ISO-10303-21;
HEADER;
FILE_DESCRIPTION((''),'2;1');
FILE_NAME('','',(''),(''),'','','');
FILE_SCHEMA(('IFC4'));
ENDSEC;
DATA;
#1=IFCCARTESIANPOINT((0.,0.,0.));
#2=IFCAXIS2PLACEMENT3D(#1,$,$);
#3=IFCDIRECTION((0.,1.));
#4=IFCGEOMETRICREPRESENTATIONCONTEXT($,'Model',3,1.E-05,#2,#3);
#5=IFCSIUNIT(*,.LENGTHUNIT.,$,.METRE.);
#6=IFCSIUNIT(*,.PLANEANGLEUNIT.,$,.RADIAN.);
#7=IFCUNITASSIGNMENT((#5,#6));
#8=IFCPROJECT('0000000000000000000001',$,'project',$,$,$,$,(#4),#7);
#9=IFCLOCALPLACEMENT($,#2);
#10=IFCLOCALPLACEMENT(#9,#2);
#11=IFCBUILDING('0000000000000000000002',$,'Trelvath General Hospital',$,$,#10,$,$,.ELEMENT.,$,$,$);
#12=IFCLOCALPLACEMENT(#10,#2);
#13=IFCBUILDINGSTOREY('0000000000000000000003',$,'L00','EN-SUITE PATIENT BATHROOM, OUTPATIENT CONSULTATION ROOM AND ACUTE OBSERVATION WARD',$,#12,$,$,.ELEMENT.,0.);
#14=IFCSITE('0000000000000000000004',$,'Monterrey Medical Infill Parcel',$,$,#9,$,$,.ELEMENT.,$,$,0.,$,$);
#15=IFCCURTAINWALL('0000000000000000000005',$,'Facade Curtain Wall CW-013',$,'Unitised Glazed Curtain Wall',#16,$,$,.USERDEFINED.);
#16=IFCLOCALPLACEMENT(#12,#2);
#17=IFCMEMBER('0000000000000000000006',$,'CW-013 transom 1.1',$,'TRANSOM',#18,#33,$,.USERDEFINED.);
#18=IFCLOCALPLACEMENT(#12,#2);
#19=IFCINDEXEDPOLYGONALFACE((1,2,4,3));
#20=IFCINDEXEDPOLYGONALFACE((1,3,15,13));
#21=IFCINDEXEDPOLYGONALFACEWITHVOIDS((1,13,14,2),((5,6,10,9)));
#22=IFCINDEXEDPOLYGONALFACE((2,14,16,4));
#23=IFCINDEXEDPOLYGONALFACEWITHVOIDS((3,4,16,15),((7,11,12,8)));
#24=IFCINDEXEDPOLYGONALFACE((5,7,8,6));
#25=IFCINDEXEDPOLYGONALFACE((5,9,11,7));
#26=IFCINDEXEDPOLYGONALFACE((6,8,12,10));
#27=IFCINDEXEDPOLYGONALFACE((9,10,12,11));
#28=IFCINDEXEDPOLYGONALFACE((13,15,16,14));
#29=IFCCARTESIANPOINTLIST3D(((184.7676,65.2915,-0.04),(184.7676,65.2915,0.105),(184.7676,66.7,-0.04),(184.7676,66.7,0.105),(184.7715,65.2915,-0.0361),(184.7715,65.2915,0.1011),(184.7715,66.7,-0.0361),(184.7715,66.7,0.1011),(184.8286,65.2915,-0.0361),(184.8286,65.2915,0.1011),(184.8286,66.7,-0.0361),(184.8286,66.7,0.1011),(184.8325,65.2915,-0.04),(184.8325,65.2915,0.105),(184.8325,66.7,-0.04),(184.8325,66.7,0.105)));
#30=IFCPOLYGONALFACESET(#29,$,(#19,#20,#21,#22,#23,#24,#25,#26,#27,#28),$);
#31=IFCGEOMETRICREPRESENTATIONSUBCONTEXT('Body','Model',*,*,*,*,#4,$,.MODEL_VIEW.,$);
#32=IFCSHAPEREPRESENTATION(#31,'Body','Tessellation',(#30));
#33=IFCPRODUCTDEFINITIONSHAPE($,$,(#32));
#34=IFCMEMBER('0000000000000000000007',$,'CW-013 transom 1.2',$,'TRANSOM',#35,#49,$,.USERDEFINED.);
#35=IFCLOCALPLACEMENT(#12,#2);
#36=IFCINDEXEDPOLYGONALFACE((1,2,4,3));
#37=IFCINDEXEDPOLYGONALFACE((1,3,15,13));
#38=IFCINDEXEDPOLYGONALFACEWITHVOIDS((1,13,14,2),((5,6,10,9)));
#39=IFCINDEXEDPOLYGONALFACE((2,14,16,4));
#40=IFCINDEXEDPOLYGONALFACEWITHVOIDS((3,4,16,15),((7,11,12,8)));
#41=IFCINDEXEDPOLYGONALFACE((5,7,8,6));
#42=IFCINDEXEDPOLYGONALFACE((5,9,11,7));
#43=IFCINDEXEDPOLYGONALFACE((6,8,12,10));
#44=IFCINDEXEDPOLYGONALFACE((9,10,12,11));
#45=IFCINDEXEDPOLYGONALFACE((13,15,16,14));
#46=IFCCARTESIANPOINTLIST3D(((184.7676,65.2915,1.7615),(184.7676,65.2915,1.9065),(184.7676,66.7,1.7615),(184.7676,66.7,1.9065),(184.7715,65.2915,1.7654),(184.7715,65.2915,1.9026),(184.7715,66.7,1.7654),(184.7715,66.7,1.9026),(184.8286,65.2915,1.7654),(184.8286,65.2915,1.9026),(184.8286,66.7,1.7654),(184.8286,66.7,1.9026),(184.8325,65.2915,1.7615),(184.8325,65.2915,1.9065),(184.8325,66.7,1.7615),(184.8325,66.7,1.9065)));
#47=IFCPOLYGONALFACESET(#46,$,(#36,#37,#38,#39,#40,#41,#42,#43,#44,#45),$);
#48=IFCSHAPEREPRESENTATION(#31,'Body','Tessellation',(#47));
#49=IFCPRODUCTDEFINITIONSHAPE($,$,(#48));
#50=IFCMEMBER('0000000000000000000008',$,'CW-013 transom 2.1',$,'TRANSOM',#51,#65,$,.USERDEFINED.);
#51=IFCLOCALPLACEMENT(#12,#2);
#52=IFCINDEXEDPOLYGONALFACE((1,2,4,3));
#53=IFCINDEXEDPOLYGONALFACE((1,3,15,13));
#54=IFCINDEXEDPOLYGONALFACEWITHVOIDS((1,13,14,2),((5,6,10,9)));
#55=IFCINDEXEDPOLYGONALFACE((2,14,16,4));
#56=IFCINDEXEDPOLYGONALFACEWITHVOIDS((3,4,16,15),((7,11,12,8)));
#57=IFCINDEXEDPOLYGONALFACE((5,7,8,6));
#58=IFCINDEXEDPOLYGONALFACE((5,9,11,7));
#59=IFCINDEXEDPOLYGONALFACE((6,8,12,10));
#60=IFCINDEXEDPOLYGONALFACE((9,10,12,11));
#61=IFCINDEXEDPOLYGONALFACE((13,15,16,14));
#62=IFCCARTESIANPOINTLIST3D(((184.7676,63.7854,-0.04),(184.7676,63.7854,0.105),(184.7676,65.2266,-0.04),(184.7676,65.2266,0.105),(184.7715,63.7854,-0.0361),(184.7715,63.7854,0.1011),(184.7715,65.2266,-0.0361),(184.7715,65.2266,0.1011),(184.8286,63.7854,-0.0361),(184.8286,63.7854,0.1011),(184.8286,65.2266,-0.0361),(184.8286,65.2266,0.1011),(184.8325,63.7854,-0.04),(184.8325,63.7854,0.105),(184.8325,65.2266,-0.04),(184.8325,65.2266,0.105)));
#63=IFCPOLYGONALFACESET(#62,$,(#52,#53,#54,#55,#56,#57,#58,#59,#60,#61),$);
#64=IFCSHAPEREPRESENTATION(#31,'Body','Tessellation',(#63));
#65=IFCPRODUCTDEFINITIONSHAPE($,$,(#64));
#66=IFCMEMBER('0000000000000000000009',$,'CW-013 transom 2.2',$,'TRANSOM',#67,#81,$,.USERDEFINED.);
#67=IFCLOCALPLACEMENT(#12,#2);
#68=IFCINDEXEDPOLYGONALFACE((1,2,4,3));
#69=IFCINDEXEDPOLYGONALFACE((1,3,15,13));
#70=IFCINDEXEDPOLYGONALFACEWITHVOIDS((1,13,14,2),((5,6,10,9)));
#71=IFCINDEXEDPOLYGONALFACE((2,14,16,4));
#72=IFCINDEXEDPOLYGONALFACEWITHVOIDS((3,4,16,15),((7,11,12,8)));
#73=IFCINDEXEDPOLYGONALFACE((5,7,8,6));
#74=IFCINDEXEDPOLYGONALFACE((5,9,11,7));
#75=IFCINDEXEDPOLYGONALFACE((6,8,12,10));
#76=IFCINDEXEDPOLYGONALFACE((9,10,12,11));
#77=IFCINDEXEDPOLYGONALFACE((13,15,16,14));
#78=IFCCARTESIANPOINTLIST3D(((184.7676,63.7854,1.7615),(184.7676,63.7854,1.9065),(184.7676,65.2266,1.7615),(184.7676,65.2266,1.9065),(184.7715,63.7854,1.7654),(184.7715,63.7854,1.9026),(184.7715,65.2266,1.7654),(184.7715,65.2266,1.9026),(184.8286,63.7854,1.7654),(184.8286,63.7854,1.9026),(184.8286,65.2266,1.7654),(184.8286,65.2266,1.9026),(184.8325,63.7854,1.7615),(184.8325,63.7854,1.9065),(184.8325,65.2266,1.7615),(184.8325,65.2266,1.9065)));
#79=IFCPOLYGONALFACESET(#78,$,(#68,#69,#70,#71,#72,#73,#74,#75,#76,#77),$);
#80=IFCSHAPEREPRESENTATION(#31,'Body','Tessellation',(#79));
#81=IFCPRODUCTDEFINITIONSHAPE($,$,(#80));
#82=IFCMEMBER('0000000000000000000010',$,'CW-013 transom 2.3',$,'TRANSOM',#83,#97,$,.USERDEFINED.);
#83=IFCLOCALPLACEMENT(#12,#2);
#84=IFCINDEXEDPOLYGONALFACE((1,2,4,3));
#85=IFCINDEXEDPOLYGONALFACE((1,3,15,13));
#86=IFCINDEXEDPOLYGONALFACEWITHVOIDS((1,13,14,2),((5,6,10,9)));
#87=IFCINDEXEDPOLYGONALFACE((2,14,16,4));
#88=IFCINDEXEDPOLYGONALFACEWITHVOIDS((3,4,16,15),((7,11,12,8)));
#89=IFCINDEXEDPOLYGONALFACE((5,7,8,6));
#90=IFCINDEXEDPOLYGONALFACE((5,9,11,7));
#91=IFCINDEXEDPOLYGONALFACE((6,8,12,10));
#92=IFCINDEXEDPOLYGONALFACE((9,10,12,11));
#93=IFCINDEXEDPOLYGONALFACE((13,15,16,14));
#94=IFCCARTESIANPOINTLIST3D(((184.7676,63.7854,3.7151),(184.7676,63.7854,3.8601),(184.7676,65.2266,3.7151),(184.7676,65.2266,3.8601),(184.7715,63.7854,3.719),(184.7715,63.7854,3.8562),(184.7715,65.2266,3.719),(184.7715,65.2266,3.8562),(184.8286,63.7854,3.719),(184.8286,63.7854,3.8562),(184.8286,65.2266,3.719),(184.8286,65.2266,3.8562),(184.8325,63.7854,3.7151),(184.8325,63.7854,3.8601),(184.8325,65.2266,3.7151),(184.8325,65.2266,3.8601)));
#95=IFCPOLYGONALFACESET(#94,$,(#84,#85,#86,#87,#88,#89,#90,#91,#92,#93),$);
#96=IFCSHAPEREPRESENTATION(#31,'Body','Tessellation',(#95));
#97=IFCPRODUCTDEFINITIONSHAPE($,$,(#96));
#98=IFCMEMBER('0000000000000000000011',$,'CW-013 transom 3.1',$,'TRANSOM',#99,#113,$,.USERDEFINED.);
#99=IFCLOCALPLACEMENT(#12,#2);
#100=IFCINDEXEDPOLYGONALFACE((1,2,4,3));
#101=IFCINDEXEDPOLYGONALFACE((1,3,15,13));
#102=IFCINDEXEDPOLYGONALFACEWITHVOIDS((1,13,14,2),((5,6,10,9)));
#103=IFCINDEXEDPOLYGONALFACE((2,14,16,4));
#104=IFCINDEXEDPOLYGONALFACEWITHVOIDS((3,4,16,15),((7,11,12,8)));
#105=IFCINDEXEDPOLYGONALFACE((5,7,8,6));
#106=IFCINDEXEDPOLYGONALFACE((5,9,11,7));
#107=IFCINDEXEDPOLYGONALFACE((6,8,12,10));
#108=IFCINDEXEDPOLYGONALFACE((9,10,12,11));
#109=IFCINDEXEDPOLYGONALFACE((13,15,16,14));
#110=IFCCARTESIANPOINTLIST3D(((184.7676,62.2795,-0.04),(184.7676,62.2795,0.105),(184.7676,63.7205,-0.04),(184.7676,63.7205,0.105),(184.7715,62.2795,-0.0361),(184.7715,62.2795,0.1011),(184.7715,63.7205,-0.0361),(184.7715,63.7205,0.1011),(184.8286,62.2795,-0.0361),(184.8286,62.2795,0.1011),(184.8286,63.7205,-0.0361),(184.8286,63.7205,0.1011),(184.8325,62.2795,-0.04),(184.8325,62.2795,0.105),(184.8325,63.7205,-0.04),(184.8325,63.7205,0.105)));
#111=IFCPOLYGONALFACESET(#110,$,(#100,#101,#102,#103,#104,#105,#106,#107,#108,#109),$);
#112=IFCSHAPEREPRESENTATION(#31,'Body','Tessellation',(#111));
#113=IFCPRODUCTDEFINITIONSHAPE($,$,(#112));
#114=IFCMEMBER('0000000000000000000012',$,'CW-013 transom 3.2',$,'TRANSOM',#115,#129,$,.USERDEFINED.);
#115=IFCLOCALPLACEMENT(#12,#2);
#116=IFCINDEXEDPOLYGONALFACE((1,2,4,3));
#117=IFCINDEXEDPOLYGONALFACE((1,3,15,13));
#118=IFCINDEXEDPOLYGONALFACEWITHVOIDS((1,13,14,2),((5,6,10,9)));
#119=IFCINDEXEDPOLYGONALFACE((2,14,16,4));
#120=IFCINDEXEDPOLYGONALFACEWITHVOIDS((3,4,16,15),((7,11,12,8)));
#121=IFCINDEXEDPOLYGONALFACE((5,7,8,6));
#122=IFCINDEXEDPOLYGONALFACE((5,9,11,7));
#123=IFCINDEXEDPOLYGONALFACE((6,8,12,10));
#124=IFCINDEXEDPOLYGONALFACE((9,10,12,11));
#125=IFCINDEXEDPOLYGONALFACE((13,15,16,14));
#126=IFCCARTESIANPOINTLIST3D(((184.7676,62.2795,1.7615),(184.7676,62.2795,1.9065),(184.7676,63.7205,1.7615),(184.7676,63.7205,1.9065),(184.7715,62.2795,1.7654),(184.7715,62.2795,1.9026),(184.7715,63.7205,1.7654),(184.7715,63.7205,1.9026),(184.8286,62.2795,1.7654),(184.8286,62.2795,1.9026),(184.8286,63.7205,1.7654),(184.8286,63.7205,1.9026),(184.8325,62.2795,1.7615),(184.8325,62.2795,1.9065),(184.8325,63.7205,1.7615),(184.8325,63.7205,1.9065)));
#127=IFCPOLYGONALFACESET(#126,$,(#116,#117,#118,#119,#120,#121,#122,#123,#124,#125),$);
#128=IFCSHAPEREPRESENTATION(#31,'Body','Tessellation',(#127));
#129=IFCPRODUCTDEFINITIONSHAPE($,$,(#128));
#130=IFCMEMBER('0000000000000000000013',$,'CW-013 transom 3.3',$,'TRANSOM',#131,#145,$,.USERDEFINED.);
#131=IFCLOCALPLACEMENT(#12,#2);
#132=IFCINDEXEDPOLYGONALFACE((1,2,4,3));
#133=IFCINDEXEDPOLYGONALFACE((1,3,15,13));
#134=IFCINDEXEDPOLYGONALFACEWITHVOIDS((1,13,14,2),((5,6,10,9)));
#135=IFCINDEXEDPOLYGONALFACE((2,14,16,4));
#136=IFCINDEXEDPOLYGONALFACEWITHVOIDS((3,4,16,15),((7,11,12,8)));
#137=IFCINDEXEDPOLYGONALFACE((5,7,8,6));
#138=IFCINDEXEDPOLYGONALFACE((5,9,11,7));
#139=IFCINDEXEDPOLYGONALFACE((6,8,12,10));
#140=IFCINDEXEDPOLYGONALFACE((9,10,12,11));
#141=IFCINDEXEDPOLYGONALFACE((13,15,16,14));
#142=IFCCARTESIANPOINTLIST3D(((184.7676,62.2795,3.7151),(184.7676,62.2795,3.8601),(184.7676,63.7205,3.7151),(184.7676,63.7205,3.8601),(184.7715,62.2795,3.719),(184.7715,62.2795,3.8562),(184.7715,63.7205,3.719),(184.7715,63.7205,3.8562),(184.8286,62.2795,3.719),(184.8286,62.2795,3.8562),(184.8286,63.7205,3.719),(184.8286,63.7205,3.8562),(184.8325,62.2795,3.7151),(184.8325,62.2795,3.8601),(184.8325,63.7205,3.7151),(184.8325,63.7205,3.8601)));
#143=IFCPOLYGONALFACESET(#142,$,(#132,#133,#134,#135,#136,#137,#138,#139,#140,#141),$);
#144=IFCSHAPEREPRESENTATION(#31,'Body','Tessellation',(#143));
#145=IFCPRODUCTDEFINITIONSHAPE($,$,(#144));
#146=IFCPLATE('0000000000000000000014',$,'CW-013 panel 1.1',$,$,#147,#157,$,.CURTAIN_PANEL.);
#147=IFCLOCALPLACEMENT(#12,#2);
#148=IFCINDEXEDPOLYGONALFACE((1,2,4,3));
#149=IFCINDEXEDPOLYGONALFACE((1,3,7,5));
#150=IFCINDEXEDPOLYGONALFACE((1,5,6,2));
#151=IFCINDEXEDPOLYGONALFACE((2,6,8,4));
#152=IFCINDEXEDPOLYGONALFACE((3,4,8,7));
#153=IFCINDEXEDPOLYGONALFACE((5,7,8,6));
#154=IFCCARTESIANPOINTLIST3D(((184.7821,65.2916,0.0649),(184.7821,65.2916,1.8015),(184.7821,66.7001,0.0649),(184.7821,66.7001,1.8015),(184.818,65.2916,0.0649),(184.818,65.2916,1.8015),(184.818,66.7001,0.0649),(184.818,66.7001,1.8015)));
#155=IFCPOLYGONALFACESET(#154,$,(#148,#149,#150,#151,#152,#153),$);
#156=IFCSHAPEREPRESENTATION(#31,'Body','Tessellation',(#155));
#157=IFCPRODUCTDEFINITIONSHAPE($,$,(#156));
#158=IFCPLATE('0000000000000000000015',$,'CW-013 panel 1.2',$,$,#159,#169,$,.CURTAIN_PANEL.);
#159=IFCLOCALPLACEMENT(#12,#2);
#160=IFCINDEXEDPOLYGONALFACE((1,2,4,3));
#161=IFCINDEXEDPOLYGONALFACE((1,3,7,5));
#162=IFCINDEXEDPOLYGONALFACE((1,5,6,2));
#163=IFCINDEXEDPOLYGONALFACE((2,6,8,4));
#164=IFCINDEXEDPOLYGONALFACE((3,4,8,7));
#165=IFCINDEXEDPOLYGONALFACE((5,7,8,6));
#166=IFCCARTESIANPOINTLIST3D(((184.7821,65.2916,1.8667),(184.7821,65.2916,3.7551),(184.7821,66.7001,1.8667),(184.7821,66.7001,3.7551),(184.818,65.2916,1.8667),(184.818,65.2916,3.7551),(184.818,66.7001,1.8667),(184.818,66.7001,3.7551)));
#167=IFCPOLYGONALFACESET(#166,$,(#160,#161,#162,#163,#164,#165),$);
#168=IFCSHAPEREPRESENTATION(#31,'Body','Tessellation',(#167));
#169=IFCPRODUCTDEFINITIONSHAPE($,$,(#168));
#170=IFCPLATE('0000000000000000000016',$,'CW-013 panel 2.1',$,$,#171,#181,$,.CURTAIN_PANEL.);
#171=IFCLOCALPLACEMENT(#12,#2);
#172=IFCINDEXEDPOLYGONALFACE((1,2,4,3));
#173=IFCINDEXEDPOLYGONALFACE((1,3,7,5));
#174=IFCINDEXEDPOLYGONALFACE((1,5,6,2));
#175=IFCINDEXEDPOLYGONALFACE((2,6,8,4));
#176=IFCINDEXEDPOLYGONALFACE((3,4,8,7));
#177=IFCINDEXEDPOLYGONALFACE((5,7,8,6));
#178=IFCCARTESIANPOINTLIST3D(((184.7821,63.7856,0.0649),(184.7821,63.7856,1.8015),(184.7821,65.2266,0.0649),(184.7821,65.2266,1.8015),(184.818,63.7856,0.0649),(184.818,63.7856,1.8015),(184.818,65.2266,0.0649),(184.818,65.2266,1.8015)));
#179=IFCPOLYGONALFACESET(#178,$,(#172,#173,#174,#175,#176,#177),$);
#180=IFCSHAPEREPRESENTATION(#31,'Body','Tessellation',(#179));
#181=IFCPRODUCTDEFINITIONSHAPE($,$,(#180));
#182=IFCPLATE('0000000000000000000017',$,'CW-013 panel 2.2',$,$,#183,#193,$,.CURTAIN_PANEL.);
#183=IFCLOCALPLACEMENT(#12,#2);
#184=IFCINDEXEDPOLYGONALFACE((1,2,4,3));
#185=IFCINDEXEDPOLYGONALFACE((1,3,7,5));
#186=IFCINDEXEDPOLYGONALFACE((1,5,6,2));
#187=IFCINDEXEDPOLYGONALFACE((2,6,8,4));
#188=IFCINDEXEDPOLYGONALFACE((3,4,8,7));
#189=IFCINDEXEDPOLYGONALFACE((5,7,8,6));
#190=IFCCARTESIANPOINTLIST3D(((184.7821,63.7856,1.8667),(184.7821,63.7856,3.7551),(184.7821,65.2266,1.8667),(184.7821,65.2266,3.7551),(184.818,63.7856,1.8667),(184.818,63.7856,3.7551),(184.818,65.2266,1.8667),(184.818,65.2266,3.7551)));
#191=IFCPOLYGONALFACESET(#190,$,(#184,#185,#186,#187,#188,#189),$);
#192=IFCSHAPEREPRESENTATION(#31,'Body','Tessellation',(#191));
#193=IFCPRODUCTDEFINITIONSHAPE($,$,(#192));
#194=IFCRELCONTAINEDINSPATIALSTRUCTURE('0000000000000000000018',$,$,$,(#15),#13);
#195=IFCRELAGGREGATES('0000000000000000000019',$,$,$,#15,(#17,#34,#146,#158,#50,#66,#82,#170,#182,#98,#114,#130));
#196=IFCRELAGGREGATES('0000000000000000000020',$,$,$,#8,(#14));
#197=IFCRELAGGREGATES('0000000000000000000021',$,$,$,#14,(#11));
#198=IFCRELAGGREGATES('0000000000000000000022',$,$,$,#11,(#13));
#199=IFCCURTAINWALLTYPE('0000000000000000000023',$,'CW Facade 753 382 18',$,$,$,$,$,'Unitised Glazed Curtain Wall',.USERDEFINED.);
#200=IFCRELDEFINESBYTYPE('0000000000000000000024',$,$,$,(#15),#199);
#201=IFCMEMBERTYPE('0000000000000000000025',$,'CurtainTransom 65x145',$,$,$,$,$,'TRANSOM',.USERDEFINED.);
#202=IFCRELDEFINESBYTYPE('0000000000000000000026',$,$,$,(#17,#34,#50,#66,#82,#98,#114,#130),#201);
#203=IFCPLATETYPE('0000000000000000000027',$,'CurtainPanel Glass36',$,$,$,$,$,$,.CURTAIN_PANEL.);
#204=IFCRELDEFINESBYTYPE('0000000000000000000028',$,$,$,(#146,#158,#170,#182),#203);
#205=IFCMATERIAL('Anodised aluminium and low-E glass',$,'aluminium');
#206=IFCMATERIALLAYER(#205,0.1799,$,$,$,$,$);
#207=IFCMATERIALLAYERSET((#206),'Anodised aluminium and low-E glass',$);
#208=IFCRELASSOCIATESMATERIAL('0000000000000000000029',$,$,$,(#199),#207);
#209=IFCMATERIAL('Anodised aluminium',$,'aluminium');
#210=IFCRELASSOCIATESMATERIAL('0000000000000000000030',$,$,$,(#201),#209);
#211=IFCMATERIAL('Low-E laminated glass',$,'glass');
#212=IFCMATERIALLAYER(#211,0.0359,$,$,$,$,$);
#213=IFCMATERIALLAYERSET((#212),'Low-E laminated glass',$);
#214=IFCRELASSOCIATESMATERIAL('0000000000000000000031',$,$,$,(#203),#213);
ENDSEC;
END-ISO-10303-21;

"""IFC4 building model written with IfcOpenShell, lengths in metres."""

from ifc_helpers import new_model, si_unit, direction, frame, origin, origin_2d, place, context, subcontext, project, spatial, rectangle, hollow_rectangle, extrude, material, layer, layer_set, material_profile, profile_set, type_object, element, aggregate, save


model = new_model("IFC4")

# Units and contexts
model_context = context("Model", 3, precision=1e-05, world=origin(), true_north=direction((0.0, 1.0)))
body_context = subcontext(model_context, "Body", "Model", "MODEL_VIEW")
ifc_project = project(units=[si_unit("LENGTHUNIT", "METRE"), si_unit("PLANEANGLEUNIT", "RADIAN")], contexts=[model_context])

# Site, building, storey
site_placement = place(None, origin())
site = spatial("IfcSite", under=ifc_project, at=site_placement, Name="Monterrey Medical Infill Parcel", CompositionType="ELEMENT", RefElevation=0.0)
building_placement = place(site_placement, origin())
building = spatial("IfcBuilding", under=site, at=building_placement, Name="Trelvath General Hospital", CompositionType="ELEMENT")
storey_placement = place(building_placement, origin())
storey = spatial("IfcBuildingStorey", under=building, at=storey_placement, Name="L00", Description="EN-SUITE PATIENT BATHROOM, OUTPATIENT CONSULTATION ROOM AND ACUTE OBSERVATION WARD", CompositionType="ELEMENT", Elevation=0.0)

# Curtain wall, members, plates
ifc_material_1 = material(Name="Anodised aluminium and low-E glass", Category="aluminium")
ifc_layer_1 = layer(ifc_material_1, 0.1799)
ifc_layer_set_1 = layer_set([ifc_layer_1], Name="Anodised aluminium and low-E glass")
curtain_wall_type = type_object("IfcCurtainWallType", Name="CW Facade 753 382 18", ElementType="Unitised Glazed Curtain Wall", PredefinedType="USERDEFINED", material=ifc_layer_set_1)
curtain_wall_placement = place(storey_placement, origin())
curtain_wall = element("IfcCurtainWall", 1, at=curtain_wall_placement, inside=storey, type_object=curtain_wall_type, Name="Facade Curtain Wall CW-013", ObjectType="Unitised Glazed Curtain Wall", PredefinedType="USERDEFINED")
ifc_material_2 = material(Name="Anodised aluminium", Category="aluminium")
ifc_material_profile_1 = material_profile(ifc_material_2, hollow_rectangle(XDim=0.0649, YDim=0.145, WallThickness=0.0039, at=origin_2d()), Name="RHS65x145x4")
ifc_profile_set_1 = profile_set([ifc_material_profile_1], Name="Anodised aluminium")
member_type_1 = type_object("IfcMemberType", Name="CurtainTransom 65x145", ElementType="TRANSOM", PredefinedType="USERDEFINED", material=ifc_profile_set_1)
member_1_placement = place(storey_placement, frame((184.8, 66.7, 0.0325), z_axis=(0.0, -1.0, 0.0), x_axis=(1.0, 0.0, 0.0)))
member_1 = element("IfcMember", 2, at=member_1_placement, type_object=member_type_1, Name="CW-013 transom 1.1", ObjectType="TRANSOM", PredefinedType="USERDEFINED", context=body_context, shape_type="SweptSolid", body=[
    extrude(hollow_rectangle(XDim=0.0649, YDim=0.145, WallThickness=0.0039, at=origin_2d()), origin(), (0.0, 0.0, 1.0), 1.4084),
])
member_2_placement = place(storey_placement, frame((184.8, 66.7, 1.834), z_axis=(0.0, -1.0, 0.0), x_axis=(1.0, 0.0, 0.0)))
member_2 = element("IfcMember", 3, at=member_2_placement, type_object=member_type_1, Name="CW-013 transom 1.2", ObjectType="TRANSOM", PredefinedType="USERDEFINED", context=body_context, shape_type="SweptSolid", body=[
    extrude(hollow_rectangle(XDim=0.0649, YDim=0.145, WallThickness=0.0039, at=origin_2d()), origin(), (0.0, 0.0, 1.0), 1.4084),
])
member_3_placement = place(storey_placement, frame((184.8, 65.2266, 0.0325), z_axis=(0.0, -1.0, 0.0), x_axis=(1.0, 0.0, 0.0)))
member_3 = element("IfcMember", 4, at=member_3_placement, type_object=member_type_1, Name="CW-013 transom 2.1", ObjectType="TRANSOM", PredefinedType="USERDEFINED", context=body_context, shape_type="SweptSolid", body=[
    extrude(hollow_rectangle(XDim=0.0649, YDim=0.145, WallThickness=0.0039, at=origin_2d()), origin(), (0.0, 0.0, 1.0), 1.4412),
])
member_4_placement = place(storey_placement, frame((184.8, 65.2266, 1.834), z_axis=(0.0, -1.0, 0.0), x_axis=(1.0, 0.0, 0.0)))
member_4 = element("IfcMember", 5, at=member_4_placement, type_object=member_type_1, Name="CW-013 transom 2.2", ObjectType="TRANSOM", PredefinedType="USERDEFINED", context=body_context, shape_type="SweptSolid", body=[
    extrude(hollow_rectangle(XDim=0.0649, YDim=0.145, WallThickness=0.0039, at=origin_2d()), origin(), (0.0, 0.0, 1.0), 1.4412),
])
member_5_placement = place(storey_placement, frame((184.8, 65.2266, 3.7876), z_axis=(0.0, -1.0, 0.0), x_axis=(1.0, 0.0, 0.0)))
member_5 = element("IfcMember", 6, at=member_5_placement, type_object=member_type_1, Name="CW-013 transom 2.3", ObjectType="TRANSOM", PredefinedType="USERDEFINED", context=body_context, shape_type="SweptSolid", body=[
    extrude(hollow_rectangle(XDim=0.0649, YDim=0.145, WallThickness=0.0039, at=origin_2d()), origin(), (0.0, 0.0, 1.0), 1.4412),
])
member_6_placement = place(storey_placement, frame((184.8, 63.7205, 0.0325), z_axis=(0.0, -1.0, 0.0), x_axis=(1.0, 0.0, 0.0)))
member_6 = element("IfcMember", 7, at=member_6_placement, type_object=member_type_1, Name="CW-013 transom 3.1", ObjectType="TRANSOM", PredefinedType="USERDEFINED", context=body_context, shape_type="SweptSolid", body=[
    extrude(hollow_rectangle(XDim=0.0649, YDim=0.145, WallThickness=0.0039, at=origin_2d()), origin(), (0.0, 0.0, 1.0), 1.4409),
])
member_7_placement = place(storey_placement, frame((184.8, 63.7205, 1.834), z_axis=(0.0, -1.0, 0.0), x_axis=(1.0, 0.0, 0.0)))
member_7 = element("IfcMember", 8, at=member_7_placement, type_object=member_type_1, Name="CW-013 transom 3.2", ObjectType="TRANSOM", PredefinedType="USERDEFINED", context=body_context, shape_type="SweptSolid", body=[
    extrude(hollow_rectangle(XDim=0.0649, YDim=0.145, WallThickness=0.0039, at=origin_2d()), origin(), (0.0, 0.0, 1.0), 1.4409),
])
member_8_placement = place(storey_placement, frame((184.8, 63.7205, 3.7876), z_axis=(0.0, -1.0, 0.0), x_axis=(1.0, 0.0, 0.0)))
member_8 = element("IfcMember", 9, at=member_8_placement, type_object=member_type_1, Name="CW-013 transom 3.3", ObjectType="TRANSOM", PredefinedType="USERDEFINED", context=body_context, shape_type="SweptSolid", body=[
    extrude(hollow_rectangle(XDim=0.0649, YDim=0.145, WallThickness=0.0039, at=origin_2d()), origin(), (0.0, 0.0, 1.0), 1.4409),
])
ifc_material_3 = material(Name="Low-E laminated glass", Category="glass")
ifc_layer_2 = layer(ifc_material_3, 0.0359)
ifc_layer_set_2 = layer_set([ifc_layer_2], Name="Low-E laminated glass")
plate_type = type_object("IfcPlateType", Name="CurtainPanel Glass36", PredefinedType="CURTAIN_PANEL", material=ifc_layer_set_2)
plate_1_placement = place(storey_placement, frame((184.8, 65.9958, 0.0649), z_axis=(0.0, 0.0, 1.0), x_axis=(0.0, -1.0, 0.0)))
plate_1 = element("IfcPlate", 10, at=plate_1_placement, type_object=plate_type, Name="CW-013 panel 1.1", PredefinedType="CURTAIN_PANEL", context=body_context, shape_type="SweptSolid", body=[
    extrude(rectangle(XDim=1.4084, YDim=0.0359, at=origin_2d()), origin(), (0.0, 0.0, 1.0), 1.7366),
])
plate_2_placement = place(storey_placement, frame((184.8, 65.9958, 1.8667), z_axis=(0.0, 0.0, 1.0), x_axis=(0.0, -1.0, 0.0)))
plate_2 = element("IfcPlate", 11, at=plate_2_placement, type_object=plate_type, Name="CW-013 panel 1.2", PredefinedType="CURTAIN_PANEL", context=body_context, shape_type="SweptSolid", body=[
    extrude(rectangle(XDim=1.4084, YDim=0.0359, at=origin_2d()), origin(), (0.0, 0.0, 1.0), 1.8884),
])
plate_3_placement = place(storey_placement, frame((184.8, 64.5061, 0.0649), z_axis=(0.0, 0.0, 1.0), x_axis=(0.0, -1.0, 0.0)))
plate_3 = element("IfcPlate", 12, at=plate_3_placement, type_object=plate_type, Name="CW-013 panel 2.1", PredefinedType="CURTAIN_PANEL", context=body_context, shape_type="SweptSolid", body=[
    extrude(rectangle(XDim=1.4409, YDim=0.0359, at=origin_2d()), origin(), (0.0, 0.0, 1.0), 1.7366),
])
plate_4_placement = place(storey_placement, frame((184.8, 64.5061, 1.8667), z_axis=(0.0, 0.0, 1.0), x_axis=(0.0, -1.0, 0.0)))
plate_4 = element("IfcPlate", 13, at=plate_4_placement, type_object=plate_type, Name="CW-013 panel 2.2", PredefinedType="CURTAIN_PANEL", context=body_context, shape_type="SweptSolid", body=[
    extrude(rectangle(XDim=1.4409, YDim=0.0359, at=origin_2d()), origin(), (0.0, 0.0, 1.0), 1.8884),
])
aggregate(curtain_wall, [member_1, member_2, plate_1, plate_2, member_3, member_4, member_5, plate_3, plate_4, member_6, member_7, member_8])

save(model, "model.ifc")
